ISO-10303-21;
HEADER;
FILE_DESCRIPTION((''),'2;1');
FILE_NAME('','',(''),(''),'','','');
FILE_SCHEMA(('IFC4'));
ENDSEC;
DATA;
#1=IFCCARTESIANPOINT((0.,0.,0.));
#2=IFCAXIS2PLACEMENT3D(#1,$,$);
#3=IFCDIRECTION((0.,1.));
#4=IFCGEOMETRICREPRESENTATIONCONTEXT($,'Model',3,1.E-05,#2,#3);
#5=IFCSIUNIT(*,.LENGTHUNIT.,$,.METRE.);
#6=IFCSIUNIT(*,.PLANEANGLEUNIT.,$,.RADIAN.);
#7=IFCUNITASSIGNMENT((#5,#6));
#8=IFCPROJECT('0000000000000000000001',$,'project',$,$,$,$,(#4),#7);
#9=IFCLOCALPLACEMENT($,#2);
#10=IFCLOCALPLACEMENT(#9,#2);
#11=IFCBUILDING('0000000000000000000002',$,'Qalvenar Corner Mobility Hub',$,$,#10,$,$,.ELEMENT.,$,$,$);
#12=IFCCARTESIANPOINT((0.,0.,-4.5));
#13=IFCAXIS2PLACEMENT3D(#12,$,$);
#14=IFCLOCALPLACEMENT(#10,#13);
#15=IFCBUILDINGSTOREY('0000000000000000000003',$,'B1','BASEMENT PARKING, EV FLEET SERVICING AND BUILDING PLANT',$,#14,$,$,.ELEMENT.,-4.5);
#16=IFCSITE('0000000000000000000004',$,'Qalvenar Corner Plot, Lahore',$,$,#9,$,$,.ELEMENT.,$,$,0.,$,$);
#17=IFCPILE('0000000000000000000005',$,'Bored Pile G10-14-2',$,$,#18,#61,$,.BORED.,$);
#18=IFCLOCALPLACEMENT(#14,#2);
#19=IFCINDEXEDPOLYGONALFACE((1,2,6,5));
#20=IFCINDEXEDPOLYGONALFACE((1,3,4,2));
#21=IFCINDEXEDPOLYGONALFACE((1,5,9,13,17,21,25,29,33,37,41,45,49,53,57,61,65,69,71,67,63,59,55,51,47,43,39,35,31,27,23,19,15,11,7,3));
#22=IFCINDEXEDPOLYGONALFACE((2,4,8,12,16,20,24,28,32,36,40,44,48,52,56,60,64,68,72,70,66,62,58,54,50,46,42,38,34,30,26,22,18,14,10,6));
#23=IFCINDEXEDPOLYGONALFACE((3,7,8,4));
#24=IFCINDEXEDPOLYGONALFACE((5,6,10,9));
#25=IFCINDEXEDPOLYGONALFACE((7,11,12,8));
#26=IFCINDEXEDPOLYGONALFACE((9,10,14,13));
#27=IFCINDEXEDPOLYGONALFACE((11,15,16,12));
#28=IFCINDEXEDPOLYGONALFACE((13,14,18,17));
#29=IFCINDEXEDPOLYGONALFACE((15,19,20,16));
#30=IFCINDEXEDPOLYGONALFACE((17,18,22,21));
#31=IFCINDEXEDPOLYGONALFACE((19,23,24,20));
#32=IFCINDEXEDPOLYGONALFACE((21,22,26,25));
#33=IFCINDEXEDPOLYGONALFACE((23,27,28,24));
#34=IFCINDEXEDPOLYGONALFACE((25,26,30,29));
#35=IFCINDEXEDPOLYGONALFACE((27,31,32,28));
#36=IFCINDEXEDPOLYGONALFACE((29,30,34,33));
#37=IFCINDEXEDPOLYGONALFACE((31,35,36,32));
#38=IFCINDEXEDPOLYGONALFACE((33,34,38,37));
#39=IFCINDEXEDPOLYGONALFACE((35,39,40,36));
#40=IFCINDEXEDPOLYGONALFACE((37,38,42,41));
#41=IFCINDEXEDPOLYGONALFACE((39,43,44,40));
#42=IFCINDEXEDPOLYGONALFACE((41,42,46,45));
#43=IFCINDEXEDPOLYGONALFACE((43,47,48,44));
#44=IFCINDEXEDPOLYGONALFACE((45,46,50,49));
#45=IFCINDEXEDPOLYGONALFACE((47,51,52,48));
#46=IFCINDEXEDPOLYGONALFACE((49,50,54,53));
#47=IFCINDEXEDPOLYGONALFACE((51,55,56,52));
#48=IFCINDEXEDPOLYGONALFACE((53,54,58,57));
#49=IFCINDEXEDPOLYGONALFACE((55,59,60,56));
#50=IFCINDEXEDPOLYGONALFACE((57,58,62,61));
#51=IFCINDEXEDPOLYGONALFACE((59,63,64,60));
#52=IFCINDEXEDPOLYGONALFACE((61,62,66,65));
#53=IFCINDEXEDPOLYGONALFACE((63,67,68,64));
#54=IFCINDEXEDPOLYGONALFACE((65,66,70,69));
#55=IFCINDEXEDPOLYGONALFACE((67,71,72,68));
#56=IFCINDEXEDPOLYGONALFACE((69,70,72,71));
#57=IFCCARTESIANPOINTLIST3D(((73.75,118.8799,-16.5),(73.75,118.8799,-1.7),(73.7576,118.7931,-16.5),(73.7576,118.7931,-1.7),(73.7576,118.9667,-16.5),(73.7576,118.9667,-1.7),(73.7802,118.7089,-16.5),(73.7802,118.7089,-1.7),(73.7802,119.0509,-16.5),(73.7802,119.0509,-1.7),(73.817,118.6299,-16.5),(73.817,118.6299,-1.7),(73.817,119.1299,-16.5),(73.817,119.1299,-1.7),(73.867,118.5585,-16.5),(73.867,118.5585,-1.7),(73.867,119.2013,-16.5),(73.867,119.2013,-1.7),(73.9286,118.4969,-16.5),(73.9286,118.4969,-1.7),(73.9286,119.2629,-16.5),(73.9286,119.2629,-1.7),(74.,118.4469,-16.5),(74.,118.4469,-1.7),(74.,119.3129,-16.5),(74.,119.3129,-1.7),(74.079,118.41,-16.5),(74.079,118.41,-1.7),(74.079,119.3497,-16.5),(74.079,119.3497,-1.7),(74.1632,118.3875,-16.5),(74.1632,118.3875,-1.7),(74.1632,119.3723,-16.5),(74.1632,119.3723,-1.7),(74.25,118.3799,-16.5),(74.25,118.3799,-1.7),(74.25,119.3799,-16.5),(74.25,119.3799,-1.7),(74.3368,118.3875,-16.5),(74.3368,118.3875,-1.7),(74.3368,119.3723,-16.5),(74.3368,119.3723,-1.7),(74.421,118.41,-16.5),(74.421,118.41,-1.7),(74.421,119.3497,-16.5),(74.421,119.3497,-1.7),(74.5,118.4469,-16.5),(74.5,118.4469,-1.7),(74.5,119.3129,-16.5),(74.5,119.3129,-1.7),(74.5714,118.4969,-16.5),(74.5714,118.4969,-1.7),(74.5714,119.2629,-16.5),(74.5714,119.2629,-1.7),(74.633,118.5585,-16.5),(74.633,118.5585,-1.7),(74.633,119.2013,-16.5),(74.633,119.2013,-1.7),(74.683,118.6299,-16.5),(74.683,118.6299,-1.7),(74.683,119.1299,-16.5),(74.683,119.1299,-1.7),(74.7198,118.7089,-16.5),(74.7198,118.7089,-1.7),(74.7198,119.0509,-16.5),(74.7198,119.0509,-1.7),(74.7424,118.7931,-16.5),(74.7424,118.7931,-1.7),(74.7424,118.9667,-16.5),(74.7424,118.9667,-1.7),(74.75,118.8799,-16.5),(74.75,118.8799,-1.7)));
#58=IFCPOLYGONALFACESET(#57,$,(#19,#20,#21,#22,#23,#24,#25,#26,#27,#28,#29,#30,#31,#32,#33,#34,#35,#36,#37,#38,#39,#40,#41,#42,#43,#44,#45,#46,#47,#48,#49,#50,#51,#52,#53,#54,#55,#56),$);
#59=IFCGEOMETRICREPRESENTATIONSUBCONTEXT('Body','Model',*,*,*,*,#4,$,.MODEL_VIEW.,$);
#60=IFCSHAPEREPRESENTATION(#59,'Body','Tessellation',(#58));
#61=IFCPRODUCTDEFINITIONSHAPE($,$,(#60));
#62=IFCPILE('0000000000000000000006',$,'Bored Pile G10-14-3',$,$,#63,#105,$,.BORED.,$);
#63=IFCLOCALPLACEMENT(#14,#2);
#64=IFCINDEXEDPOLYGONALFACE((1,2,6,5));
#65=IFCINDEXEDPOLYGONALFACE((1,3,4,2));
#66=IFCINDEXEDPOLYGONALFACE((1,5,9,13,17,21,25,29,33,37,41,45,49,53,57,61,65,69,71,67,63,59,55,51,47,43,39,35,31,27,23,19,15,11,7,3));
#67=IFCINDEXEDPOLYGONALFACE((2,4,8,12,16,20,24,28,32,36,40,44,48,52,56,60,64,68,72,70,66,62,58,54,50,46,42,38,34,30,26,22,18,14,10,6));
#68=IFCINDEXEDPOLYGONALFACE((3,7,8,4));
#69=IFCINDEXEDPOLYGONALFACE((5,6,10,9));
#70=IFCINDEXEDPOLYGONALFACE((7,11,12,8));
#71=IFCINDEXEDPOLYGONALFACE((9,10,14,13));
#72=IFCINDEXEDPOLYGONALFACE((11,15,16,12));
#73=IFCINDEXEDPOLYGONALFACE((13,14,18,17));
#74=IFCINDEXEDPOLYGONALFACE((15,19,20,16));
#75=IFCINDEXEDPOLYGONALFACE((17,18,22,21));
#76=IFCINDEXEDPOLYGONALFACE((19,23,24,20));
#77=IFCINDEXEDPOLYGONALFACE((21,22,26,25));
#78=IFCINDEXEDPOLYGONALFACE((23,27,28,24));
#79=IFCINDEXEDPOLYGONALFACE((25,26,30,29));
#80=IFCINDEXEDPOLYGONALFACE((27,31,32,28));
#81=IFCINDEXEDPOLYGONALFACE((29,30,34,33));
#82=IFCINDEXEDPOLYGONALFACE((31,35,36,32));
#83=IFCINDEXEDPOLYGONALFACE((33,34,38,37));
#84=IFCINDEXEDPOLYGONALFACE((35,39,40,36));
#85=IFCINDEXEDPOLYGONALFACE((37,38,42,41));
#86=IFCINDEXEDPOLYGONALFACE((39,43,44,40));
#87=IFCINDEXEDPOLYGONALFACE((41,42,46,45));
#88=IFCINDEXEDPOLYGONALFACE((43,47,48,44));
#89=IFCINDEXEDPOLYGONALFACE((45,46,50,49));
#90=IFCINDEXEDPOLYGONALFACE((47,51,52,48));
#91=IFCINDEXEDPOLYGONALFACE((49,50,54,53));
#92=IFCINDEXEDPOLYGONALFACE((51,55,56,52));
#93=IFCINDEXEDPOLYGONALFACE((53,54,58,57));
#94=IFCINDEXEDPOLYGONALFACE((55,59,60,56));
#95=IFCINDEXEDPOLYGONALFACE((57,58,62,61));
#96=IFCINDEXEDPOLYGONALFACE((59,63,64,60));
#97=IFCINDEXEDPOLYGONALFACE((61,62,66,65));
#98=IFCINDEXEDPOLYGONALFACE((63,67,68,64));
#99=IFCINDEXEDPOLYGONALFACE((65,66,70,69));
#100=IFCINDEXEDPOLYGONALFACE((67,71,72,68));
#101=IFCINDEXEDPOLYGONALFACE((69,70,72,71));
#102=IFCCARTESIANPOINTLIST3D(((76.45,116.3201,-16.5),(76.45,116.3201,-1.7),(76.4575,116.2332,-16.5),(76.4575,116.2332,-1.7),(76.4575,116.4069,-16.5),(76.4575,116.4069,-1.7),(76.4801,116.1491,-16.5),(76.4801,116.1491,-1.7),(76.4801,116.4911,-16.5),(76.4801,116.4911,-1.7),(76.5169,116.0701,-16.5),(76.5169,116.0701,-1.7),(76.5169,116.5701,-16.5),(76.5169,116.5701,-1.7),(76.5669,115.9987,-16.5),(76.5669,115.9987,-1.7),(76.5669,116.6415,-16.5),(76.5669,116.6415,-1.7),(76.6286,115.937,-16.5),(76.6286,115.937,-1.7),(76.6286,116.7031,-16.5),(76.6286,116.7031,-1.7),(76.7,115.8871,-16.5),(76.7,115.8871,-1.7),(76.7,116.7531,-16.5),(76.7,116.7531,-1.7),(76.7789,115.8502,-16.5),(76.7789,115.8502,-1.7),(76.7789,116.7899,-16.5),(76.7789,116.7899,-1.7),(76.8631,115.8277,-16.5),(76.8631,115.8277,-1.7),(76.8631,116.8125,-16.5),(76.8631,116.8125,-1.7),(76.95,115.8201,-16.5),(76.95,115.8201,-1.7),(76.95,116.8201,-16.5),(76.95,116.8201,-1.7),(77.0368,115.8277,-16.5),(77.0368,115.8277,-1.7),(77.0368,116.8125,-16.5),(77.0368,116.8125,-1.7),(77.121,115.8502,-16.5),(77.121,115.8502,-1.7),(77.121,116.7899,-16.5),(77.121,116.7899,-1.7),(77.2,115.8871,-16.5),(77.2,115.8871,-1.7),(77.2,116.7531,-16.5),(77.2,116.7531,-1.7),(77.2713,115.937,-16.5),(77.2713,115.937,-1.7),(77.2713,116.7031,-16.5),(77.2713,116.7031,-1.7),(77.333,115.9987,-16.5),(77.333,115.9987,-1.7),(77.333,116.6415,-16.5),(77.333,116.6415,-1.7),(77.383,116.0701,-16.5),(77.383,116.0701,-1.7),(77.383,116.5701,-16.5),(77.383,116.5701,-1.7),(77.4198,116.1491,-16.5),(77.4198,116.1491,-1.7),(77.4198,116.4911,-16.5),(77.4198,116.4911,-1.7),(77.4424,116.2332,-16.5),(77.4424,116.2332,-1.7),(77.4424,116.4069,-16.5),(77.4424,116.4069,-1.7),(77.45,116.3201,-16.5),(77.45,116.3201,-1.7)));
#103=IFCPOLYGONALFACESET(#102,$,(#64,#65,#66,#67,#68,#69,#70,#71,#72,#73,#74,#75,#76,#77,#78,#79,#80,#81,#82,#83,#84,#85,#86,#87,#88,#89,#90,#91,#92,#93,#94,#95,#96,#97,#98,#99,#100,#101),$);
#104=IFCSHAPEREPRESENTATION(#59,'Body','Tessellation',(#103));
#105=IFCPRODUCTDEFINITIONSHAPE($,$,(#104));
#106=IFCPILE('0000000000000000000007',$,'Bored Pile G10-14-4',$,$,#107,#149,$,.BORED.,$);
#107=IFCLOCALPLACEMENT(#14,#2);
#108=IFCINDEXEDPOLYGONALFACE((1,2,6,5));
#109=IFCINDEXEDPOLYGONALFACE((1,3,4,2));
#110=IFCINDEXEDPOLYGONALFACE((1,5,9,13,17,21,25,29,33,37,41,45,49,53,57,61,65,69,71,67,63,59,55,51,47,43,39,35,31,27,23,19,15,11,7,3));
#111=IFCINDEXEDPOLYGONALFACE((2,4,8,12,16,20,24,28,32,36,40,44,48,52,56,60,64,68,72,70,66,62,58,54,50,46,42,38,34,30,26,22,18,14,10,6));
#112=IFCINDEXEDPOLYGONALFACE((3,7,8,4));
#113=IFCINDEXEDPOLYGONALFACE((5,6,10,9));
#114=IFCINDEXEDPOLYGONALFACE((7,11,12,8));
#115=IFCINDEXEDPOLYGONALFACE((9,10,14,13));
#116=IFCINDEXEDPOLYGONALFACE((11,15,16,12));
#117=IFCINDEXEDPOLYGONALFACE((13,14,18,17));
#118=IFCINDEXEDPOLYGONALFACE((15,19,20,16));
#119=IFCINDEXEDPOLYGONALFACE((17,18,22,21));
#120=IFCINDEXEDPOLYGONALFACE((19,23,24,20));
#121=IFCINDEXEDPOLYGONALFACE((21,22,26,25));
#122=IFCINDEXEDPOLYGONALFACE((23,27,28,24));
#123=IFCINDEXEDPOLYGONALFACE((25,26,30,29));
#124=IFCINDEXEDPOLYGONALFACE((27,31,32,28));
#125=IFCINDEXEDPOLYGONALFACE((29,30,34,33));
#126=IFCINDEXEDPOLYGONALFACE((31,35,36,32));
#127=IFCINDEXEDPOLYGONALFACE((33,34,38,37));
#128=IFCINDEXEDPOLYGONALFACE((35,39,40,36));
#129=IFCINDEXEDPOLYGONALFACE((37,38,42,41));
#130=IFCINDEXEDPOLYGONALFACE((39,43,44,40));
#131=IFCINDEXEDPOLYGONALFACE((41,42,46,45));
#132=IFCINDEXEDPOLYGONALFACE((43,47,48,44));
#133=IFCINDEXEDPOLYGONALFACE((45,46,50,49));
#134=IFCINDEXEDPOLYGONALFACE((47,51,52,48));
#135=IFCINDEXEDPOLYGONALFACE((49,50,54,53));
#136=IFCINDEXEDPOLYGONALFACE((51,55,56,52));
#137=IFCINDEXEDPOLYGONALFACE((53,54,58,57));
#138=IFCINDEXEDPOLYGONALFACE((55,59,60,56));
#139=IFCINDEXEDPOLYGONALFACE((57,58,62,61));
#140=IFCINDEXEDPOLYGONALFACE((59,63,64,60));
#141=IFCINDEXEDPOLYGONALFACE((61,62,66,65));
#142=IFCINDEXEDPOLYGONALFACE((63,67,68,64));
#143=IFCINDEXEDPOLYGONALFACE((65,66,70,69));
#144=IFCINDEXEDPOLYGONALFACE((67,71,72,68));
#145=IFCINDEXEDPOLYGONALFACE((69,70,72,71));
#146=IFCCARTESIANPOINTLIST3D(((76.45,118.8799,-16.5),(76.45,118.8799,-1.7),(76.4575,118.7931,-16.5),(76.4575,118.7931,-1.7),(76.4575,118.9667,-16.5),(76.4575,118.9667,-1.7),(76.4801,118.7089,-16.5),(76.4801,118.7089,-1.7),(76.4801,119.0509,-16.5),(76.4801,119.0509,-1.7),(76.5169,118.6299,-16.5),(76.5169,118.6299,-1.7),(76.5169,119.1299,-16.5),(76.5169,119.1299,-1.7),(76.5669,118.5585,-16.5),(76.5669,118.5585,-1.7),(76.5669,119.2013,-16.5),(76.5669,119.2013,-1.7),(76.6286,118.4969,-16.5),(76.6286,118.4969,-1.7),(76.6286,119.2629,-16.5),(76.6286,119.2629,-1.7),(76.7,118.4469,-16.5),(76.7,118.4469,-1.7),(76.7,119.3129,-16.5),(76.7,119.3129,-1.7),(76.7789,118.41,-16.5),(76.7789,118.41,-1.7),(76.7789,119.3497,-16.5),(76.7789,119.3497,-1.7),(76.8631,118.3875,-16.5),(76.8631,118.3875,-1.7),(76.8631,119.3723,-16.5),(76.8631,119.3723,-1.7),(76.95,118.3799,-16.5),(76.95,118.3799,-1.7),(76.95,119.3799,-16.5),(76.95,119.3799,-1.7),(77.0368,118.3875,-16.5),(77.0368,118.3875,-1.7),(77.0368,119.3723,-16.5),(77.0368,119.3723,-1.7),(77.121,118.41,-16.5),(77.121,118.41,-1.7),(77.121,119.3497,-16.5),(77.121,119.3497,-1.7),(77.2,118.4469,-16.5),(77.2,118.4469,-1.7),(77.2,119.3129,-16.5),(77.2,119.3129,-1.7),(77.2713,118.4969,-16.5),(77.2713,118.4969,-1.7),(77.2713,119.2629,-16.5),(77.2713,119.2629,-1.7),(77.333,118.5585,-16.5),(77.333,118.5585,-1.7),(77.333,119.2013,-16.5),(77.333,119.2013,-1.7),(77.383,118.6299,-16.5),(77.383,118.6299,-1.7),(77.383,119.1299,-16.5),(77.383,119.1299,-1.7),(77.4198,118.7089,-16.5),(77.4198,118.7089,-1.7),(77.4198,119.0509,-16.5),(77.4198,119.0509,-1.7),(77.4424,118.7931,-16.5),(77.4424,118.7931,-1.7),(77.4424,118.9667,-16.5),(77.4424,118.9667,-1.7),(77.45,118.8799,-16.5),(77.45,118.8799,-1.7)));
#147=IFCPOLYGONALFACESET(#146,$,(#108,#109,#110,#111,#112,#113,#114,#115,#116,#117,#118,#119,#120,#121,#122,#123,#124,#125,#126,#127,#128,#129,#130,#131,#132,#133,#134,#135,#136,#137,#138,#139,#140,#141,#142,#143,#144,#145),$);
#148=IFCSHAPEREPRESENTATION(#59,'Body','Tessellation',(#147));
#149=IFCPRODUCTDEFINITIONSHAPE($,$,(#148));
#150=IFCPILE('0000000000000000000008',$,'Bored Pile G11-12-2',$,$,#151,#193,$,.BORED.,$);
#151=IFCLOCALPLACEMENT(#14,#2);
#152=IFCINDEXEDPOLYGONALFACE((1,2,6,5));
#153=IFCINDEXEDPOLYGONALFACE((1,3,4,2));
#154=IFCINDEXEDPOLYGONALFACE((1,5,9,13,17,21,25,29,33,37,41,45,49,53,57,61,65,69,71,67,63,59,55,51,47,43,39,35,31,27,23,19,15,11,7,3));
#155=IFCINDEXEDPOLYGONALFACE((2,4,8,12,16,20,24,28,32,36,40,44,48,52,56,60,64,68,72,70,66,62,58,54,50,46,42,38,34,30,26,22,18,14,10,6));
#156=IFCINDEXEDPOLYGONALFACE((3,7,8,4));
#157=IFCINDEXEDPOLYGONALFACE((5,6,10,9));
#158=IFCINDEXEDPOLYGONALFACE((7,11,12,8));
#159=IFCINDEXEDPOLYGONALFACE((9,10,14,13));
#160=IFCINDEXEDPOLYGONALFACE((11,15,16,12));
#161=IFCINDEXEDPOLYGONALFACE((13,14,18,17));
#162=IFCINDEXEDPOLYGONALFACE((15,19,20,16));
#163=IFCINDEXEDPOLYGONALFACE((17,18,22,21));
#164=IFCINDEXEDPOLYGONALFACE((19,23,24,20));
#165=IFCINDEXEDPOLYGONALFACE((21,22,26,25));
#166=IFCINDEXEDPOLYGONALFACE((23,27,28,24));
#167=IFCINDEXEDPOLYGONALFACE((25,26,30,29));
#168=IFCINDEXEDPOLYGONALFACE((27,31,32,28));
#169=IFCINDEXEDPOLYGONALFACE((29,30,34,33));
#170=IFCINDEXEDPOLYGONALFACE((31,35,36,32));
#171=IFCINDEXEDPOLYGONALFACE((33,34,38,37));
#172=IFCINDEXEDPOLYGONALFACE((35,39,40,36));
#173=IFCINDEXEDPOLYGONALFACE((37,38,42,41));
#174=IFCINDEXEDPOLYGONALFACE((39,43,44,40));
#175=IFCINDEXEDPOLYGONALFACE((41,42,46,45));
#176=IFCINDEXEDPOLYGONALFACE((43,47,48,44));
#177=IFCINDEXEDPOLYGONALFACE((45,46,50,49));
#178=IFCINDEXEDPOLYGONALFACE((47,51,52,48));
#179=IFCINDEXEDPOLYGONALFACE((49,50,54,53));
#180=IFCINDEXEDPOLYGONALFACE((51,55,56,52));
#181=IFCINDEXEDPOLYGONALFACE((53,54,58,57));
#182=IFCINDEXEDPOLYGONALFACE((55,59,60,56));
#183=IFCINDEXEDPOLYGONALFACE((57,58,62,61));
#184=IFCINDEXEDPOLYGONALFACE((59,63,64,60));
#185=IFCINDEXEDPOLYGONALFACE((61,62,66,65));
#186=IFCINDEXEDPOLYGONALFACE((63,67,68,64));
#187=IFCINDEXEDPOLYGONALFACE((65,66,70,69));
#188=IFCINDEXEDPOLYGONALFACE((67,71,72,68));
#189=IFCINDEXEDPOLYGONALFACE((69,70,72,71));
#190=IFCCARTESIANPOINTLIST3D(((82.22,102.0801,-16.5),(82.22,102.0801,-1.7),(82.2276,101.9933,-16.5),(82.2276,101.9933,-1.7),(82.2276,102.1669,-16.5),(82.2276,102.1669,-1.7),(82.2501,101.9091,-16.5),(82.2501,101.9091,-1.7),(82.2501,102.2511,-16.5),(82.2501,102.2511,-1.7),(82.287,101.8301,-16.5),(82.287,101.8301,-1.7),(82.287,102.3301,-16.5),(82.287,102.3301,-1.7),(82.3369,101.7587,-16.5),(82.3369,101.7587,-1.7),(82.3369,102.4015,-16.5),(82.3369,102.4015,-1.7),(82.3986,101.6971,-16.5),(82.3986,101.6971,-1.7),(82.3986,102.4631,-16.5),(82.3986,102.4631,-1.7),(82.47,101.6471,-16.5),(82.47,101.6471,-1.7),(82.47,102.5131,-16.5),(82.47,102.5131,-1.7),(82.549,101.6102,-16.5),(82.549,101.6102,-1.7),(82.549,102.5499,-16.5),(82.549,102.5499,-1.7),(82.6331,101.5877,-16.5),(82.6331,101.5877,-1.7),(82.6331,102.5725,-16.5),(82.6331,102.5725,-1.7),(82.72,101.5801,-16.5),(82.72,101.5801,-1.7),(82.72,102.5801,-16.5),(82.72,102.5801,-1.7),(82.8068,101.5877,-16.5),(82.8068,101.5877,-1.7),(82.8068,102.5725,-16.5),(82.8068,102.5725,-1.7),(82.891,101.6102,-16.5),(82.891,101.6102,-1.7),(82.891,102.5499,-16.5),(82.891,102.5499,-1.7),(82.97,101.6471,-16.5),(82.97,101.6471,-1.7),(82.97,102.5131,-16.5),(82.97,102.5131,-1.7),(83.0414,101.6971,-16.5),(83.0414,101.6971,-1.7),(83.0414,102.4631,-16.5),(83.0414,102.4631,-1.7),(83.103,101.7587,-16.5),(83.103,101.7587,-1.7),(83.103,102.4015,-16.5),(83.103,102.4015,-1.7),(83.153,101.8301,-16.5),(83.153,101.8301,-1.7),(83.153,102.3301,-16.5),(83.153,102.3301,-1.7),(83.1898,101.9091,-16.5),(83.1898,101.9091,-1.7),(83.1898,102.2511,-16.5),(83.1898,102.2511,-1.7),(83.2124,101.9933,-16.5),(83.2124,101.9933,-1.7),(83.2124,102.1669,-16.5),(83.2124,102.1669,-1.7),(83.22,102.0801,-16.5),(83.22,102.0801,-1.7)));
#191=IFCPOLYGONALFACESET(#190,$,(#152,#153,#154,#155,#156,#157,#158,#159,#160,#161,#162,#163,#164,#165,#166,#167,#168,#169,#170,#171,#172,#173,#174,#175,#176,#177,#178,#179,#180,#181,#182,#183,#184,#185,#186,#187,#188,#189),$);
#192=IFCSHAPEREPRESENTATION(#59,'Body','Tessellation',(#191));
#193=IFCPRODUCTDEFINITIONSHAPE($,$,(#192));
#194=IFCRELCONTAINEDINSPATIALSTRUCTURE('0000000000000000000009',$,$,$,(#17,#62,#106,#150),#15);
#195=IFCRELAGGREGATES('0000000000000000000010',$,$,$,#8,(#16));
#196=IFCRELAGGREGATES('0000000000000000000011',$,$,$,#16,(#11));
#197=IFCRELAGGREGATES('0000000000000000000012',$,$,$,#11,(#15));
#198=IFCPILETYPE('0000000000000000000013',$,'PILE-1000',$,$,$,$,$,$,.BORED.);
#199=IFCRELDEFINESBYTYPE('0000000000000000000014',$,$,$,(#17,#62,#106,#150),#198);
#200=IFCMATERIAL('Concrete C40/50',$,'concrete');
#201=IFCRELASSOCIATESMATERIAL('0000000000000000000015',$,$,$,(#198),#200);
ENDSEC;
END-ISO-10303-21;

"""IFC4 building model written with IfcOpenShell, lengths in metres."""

from ifc_helpers import new_model, si_unit, direction, frame, origin, origin_2d, place, context, subcontext, project, spatial, circle, extrude, material, material_profile, profile_set, type_object, element, save


model = new_model("IFC4")

# Units and contexts
model_context = context("Model", 3, precision=1e-05, world=origin(), true_north=direction((0.0, 1.0)))
body_context = subcontext(model_context, "Body", "Model", "MODEL_VIEW")
ifc_project = project(units=[si_unit("LENGTHUNIT", "METRE"), si_unit("PLANEANGLEUNIT", "RADIAN")], contexts=[model_context])

# Site, building, storey
site_placement = place(None, origin())
site = spatial("IfcSite", under=ifc_project, at=site_placement, Name="Qalvenar Corner Plot, Lahore", CompositionType="ELEMENT", RefElevation=0.0)
building_placement = place(site_placement, origin())
building = spatial("IfcBuilding", under=site, at=building_placement, Name="Qalvenar Corner Mobility Hub", CompositionType="ELEMENT")
storey_placement = place(building_placement, frame((0.0, 0.0, -4.5)))
storey = spatial("IfcBuildingStorey", under=building, at=storey_placement, Name="B1", Description="BASEMENT PARKING, EV FLEET SERVICING AND BUILDING PLANT", CompositionType="ELEMENT", Elevation=-4.5)

# Shared definitions
ifc_material_1 = material(Name="Concrete C40/50", Category="concrete")

# Piles
ifc_material_profile_1 = material_profile(ifc_material_1, circle(Radius=0.5, at=origin_2d()), Name="DIA1000")
ifc_profile_set_1 = profile_set([ifc_material_profile_1], Name="Concrete C40/50")
pile_type = type_object("IfcPileType", Name="PILE-1000", PredefinedType="BORED", material=ifc_profile_set_1)
for number, where, z_axis, x_axis, name in (
    (1, (74.25, 118.8799, -1.7), (0.0, 0.0, -1.0), (1.0, 0.0, 0.0), "Bored Pile G10-14-2"),
    (2, (76.95, 116.3201, -1.7), (0.0, 0.0, -1.0), (1.0, 0.0, 0.0), "Bored Pile G10-14-3"),
    (3, (76.95, 118.8799, -1.7), (0.0, 0.0, -1.0), (1.0, 0.0, 0.0), "Bored Pile G10-14-4"),
    (4, (82.72, 102.0801, -1.7), (0.0, 0.0, -1.0), (1.0, 0.0, 0.0), "Bored Pile G11-12-2"),
):
    element("IfcPile", number, at=place(storey_placement, frame(where, z_axis=z_axis, x_axis=x_axis)), inside=storey, type_object=pile_type, Name=name, PredefinedType="BORED", context=body_context, shape_type="SweptSolid", body=[
        extrude(circle(Radius=0.5, at=origin_2d()), origin(), (0.0, 0.0, 1.0), 14.8),
    ])

save(model, "model.ifc")
